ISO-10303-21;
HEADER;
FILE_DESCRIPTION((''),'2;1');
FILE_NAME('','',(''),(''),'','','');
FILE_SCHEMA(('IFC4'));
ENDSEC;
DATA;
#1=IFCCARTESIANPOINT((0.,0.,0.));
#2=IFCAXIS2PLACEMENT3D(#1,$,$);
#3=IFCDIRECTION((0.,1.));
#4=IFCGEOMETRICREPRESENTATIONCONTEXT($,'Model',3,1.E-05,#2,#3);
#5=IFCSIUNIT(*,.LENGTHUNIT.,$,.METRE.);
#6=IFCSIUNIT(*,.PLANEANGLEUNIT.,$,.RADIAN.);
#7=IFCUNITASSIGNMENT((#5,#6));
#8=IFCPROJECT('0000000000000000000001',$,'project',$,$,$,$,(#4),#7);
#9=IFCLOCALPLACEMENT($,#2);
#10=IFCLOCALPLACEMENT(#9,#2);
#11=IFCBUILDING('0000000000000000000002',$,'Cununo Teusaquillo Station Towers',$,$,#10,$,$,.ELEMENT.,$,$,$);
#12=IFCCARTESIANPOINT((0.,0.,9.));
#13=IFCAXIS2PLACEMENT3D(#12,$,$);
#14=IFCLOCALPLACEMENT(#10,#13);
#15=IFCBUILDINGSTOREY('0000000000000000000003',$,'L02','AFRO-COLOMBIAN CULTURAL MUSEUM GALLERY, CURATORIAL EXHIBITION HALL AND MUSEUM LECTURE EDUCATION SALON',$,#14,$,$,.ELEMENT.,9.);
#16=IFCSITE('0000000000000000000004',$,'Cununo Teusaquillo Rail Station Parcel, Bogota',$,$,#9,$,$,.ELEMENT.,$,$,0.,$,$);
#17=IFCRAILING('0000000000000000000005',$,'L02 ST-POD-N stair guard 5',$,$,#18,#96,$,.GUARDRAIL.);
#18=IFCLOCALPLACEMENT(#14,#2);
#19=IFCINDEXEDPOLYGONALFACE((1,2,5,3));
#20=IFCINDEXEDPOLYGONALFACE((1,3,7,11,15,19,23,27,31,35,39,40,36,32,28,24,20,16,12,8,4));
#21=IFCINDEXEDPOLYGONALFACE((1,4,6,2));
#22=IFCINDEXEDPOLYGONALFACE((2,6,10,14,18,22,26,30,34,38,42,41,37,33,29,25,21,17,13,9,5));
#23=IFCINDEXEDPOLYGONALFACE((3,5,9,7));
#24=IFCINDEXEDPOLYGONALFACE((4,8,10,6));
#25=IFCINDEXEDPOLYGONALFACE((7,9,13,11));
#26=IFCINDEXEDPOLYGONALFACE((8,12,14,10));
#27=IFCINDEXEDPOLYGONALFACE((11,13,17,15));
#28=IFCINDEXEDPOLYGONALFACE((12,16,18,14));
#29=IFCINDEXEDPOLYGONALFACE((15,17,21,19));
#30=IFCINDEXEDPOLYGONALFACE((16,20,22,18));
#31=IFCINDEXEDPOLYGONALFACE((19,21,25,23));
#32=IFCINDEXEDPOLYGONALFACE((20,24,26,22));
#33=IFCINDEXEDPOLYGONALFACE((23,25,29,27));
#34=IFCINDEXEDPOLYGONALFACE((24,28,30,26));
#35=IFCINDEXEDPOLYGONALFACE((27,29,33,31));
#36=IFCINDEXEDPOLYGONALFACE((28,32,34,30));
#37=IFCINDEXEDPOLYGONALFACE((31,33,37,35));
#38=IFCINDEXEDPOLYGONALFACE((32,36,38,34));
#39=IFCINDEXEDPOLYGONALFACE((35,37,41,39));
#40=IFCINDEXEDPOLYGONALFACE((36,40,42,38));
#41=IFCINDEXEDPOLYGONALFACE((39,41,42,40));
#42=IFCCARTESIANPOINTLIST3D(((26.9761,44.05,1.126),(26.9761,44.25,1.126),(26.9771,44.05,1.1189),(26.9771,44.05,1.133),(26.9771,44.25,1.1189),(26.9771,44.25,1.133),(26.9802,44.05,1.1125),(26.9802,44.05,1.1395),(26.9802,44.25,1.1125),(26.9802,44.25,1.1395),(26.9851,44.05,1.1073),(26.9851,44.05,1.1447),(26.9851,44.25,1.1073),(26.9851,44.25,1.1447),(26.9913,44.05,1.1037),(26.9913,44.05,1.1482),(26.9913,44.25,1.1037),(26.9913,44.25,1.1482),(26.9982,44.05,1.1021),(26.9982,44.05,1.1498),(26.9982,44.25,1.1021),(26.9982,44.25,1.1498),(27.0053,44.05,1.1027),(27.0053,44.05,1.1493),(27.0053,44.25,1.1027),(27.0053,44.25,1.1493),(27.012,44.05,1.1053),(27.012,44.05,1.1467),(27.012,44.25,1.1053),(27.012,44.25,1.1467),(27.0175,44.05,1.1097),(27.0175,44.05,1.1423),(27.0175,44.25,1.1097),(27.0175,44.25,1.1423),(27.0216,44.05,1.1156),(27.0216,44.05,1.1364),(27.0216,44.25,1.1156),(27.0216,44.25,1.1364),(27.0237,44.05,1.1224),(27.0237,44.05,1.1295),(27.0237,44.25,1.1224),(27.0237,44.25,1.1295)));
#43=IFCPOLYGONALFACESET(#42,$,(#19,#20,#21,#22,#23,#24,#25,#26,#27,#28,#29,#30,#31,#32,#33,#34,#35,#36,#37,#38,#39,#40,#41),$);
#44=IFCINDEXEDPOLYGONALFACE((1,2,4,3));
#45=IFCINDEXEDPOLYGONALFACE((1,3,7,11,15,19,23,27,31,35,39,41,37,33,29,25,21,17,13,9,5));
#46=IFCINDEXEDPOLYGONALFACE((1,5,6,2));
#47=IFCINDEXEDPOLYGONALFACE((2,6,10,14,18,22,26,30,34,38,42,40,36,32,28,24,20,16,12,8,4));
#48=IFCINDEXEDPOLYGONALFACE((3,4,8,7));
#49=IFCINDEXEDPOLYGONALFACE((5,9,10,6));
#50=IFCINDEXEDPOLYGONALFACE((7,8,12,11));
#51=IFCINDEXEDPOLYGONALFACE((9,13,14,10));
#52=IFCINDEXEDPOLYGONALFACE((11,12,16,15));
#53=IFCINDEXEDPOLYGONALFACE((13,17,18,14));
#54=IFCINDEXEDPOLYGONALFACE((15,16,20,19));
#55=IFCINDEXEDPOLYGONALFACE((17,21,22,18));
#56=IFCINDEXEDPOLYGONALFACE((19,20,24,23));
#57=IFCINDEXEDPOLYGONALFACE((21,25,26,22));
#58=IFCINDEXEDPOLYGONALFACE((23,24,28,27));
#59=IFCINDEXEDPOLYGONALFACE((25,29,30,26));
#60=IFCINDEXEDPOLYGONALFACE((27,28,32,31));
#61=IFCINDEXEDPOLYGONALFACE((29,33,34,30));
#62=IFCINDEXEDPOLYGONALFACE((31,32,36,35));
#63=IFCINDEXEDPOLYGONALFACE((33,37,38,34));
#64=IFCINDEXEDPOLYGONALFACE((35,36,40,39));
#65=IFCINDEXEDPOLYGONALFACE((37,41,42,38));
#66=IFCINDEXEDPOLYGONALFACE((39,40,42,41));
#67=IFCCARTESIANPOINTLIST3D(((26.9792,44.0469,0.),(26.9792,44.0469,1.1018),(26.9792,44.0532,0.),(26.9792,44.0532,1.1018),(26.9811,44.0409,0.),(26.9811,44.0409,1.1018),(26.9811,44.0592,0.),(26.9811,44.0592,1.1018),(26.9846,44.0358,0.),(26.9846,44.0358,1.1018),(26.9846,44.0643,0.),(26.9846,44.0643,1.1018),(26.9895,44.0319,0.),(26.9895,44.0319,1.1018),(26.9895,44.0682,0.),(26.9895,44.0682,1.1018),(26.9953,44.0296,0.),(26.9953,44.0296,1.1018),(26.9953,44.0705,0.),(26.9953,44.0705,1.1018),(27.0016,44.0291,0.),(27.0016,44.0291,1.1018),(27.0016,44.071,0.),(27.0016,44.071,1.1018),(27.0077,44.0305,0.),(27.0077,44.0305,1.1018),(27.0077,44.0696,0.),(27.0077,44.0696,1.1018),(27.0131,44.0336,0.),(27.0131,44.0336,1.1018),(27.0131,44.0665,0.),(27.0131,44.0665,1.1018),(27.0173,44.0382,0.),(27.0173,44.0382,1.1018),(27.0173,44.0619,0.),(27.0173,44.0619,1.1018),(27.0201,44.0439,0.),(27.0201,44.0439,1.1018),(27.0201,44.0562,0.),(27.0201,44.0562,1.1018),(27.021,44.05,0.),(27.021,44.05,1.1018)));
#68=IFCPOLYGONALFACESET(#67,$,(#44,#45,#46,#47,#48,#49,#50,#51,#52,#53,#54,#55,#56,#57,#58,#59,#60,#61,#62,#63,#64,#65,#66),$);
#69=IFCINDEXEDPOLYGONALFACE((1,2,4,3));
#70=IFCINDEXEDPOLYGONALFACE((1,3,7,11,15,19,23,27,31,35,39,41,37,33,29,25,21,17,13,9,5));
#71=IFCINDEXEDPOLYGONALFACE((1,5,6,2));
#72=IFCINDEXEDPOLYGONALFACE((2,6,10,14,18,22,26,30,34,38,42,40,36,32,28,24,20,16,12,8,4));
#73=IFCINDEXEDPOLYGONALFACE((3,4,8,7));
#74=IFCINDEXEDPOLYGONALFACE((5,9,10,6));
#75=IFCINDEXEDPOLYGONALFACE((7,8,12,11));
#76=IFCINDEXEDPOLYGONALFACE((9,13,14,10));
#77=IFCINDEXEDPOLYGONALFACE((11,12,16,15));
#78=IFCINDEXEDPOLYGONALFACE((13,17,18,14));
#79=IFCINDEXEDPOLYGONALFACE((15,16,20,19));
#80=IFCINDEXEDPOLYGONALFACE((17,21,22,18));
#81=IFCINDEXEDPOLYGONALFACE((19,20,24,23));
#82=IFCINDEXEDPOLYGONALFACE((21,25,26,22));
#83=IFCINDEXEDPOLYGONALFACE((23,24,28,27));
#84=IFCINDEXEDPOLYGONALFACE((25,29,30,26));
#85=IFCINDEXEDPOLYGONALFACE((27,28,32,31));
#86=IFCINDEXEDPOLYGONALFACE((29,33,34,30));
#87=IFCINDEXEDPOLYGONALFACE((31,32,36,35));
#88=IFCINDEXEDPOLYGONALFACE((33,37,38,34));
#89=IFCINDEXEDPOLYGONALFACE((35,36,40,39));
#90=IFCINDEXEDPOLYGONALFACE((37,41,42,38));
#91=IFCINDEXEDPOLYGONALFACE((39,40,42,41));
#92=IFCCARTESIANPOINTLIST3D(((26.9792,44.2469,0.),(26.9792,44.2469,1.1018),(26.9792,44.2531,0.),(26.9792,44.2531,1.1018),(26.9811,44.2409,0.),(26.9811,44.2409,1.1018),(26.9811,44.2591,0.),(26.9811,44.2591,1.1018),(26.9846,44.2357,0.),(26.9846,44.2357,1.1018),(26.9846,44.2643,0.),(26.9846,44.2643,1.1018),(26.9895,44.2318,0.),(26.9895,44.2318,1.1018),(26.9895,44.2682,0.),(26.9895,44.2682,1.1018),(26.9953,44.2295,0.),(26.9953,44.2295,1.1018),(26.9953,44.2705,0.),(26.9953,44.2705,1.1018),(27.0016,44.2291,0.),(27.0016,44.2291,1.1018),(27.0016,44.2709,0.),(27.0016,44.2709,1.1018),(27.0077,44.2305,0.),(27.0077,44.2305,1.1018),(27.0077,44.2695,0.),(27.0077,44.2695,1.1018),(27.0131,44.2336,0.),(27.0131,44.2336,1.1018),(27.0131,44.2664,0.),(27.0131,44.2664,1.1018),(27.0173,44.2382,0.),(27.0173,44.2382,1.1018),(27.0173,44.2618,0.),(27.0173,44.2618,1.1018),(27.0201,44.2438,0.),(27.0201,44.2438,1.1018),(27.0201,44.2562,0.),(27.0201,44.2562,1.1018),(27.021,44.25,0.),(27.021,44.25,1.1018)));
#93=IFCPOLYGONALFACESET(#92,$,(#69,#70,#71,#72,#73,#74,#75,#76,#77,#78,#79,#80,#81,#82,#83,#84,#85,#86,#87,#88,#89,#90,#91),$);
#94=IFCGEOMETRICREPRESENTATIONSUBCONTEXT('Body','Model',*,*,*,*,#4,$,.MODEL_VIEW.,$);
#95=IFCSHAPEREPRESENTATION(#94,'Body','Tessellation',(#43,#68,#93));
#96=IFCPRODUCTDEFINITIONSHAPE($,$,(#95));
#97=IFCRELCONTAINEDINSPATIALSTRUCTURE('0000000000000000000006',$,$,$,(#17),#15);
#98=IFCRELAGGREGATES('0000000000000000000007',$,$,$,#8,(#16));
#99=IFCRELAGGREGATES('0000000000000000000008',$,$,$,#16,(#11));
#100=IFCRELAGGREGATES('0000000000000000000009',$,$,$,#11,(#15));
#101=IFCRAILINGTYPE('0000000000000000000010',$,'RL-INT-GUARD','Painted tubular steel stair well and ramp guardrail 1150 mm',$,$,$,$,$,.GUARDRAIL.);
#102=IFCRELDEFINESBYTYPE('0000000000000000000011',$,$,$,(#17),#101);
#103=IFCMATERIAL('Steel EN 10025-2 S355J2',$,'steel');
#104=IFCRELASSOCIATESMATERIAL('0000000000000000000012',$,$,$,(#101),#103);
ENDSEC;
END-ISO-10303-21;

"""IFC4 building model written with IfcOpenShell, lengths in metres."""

from ifc_helpers import new_model, si_unit, direction, frame, origin, origin_2d, place, context, subcontext, project, spatial, circle, extrude, material, type_object, element, save


model = new_model("IFC4")

# Units and contexts
model_context = context("Model", 3, precision=1e-05, world=origin(), true_north=direction((0.0, 1.0)))
body_context = subcontext(model_context, "Body", "Model", "MODEL_VIEW")
ifc_project = project(units=[si_unit("LENGTHUNIT", "METRE"), si_unit("PLANEANGLEUNIT", "RADIAN")], contexts=[model_context])

# Site, building, storey
site_placement = place(None, origin())
site = spatial("IfcSite", under=ifc_project, at=site_placement, Name="Cununo Teusaquillo Rail Station Parcel, Bogota", CompositionType="ELEMENT", RefElevation=0.0)
building_placement = place(site_placement, origin())
building = spatial("IfcBuilding", under=site, at=building_placement, Name="Cununo Teusaquillo Station Towers", CompositionType="ELEMENT")
storey_placement = place(building_placement, frame((0.0, 0.0, 9.0)))
storey = spatial("IfcBuildingStorey", under=building, at=storey_placement, Name="L02", Description="AFRO-COLOMBIAN CULTURAL MUSEUM GALLERY, CURATORIAL EXHIBITION HALL AND MUSEUM LECTURE EDUCATION SALON", CompositionType="ELEMENT", Elevation=9.0)

# Railing
ifc_material_1 = material(Name="Steel EN 10025-2 S355J2", Category="steel")
railing_type_1 = type_object("IfcRailingType", Name="RL-INT-GUARD", Description="Painted tubular steel stair well and ramp guardrail 1150 mm", PredefinedType="GUARDRAIL", material=ifc_material_1)
railing_1_placement = place(storey_placement, frame((27.0, 44.05, 0.0)))
element("IfcRailing", 1, at=railing_1_placement, inside=storey, type_object=railing_type_1, Name="L02 ST-POD-N stair guard 5", PredefinedType="GUARDRAIL", context=body_context, shape_type="SweptSolid", body=[
    extrude(circle(Radius=0.0239, at=origin_2d()), frame((0.0, 0.0, 1.126), z_axis=(0.0, 1.0, 0.0), x_axis=(-1.0, 0.0, 0.0)), (0.0, 0.0, 1.0), 0.2),
    extrude(circle(Radius=0.021, at=origin_2d()), origin(), (0.0, 0.0, 1.0), 1.1018),
    extrude(circle(Radius=0.021, at=origin_2d()), frame((0.0, 0.2, 0.0)), (0.0, 0.0, 1.0), 1.1018),
])

save(model, "model.ifc")
